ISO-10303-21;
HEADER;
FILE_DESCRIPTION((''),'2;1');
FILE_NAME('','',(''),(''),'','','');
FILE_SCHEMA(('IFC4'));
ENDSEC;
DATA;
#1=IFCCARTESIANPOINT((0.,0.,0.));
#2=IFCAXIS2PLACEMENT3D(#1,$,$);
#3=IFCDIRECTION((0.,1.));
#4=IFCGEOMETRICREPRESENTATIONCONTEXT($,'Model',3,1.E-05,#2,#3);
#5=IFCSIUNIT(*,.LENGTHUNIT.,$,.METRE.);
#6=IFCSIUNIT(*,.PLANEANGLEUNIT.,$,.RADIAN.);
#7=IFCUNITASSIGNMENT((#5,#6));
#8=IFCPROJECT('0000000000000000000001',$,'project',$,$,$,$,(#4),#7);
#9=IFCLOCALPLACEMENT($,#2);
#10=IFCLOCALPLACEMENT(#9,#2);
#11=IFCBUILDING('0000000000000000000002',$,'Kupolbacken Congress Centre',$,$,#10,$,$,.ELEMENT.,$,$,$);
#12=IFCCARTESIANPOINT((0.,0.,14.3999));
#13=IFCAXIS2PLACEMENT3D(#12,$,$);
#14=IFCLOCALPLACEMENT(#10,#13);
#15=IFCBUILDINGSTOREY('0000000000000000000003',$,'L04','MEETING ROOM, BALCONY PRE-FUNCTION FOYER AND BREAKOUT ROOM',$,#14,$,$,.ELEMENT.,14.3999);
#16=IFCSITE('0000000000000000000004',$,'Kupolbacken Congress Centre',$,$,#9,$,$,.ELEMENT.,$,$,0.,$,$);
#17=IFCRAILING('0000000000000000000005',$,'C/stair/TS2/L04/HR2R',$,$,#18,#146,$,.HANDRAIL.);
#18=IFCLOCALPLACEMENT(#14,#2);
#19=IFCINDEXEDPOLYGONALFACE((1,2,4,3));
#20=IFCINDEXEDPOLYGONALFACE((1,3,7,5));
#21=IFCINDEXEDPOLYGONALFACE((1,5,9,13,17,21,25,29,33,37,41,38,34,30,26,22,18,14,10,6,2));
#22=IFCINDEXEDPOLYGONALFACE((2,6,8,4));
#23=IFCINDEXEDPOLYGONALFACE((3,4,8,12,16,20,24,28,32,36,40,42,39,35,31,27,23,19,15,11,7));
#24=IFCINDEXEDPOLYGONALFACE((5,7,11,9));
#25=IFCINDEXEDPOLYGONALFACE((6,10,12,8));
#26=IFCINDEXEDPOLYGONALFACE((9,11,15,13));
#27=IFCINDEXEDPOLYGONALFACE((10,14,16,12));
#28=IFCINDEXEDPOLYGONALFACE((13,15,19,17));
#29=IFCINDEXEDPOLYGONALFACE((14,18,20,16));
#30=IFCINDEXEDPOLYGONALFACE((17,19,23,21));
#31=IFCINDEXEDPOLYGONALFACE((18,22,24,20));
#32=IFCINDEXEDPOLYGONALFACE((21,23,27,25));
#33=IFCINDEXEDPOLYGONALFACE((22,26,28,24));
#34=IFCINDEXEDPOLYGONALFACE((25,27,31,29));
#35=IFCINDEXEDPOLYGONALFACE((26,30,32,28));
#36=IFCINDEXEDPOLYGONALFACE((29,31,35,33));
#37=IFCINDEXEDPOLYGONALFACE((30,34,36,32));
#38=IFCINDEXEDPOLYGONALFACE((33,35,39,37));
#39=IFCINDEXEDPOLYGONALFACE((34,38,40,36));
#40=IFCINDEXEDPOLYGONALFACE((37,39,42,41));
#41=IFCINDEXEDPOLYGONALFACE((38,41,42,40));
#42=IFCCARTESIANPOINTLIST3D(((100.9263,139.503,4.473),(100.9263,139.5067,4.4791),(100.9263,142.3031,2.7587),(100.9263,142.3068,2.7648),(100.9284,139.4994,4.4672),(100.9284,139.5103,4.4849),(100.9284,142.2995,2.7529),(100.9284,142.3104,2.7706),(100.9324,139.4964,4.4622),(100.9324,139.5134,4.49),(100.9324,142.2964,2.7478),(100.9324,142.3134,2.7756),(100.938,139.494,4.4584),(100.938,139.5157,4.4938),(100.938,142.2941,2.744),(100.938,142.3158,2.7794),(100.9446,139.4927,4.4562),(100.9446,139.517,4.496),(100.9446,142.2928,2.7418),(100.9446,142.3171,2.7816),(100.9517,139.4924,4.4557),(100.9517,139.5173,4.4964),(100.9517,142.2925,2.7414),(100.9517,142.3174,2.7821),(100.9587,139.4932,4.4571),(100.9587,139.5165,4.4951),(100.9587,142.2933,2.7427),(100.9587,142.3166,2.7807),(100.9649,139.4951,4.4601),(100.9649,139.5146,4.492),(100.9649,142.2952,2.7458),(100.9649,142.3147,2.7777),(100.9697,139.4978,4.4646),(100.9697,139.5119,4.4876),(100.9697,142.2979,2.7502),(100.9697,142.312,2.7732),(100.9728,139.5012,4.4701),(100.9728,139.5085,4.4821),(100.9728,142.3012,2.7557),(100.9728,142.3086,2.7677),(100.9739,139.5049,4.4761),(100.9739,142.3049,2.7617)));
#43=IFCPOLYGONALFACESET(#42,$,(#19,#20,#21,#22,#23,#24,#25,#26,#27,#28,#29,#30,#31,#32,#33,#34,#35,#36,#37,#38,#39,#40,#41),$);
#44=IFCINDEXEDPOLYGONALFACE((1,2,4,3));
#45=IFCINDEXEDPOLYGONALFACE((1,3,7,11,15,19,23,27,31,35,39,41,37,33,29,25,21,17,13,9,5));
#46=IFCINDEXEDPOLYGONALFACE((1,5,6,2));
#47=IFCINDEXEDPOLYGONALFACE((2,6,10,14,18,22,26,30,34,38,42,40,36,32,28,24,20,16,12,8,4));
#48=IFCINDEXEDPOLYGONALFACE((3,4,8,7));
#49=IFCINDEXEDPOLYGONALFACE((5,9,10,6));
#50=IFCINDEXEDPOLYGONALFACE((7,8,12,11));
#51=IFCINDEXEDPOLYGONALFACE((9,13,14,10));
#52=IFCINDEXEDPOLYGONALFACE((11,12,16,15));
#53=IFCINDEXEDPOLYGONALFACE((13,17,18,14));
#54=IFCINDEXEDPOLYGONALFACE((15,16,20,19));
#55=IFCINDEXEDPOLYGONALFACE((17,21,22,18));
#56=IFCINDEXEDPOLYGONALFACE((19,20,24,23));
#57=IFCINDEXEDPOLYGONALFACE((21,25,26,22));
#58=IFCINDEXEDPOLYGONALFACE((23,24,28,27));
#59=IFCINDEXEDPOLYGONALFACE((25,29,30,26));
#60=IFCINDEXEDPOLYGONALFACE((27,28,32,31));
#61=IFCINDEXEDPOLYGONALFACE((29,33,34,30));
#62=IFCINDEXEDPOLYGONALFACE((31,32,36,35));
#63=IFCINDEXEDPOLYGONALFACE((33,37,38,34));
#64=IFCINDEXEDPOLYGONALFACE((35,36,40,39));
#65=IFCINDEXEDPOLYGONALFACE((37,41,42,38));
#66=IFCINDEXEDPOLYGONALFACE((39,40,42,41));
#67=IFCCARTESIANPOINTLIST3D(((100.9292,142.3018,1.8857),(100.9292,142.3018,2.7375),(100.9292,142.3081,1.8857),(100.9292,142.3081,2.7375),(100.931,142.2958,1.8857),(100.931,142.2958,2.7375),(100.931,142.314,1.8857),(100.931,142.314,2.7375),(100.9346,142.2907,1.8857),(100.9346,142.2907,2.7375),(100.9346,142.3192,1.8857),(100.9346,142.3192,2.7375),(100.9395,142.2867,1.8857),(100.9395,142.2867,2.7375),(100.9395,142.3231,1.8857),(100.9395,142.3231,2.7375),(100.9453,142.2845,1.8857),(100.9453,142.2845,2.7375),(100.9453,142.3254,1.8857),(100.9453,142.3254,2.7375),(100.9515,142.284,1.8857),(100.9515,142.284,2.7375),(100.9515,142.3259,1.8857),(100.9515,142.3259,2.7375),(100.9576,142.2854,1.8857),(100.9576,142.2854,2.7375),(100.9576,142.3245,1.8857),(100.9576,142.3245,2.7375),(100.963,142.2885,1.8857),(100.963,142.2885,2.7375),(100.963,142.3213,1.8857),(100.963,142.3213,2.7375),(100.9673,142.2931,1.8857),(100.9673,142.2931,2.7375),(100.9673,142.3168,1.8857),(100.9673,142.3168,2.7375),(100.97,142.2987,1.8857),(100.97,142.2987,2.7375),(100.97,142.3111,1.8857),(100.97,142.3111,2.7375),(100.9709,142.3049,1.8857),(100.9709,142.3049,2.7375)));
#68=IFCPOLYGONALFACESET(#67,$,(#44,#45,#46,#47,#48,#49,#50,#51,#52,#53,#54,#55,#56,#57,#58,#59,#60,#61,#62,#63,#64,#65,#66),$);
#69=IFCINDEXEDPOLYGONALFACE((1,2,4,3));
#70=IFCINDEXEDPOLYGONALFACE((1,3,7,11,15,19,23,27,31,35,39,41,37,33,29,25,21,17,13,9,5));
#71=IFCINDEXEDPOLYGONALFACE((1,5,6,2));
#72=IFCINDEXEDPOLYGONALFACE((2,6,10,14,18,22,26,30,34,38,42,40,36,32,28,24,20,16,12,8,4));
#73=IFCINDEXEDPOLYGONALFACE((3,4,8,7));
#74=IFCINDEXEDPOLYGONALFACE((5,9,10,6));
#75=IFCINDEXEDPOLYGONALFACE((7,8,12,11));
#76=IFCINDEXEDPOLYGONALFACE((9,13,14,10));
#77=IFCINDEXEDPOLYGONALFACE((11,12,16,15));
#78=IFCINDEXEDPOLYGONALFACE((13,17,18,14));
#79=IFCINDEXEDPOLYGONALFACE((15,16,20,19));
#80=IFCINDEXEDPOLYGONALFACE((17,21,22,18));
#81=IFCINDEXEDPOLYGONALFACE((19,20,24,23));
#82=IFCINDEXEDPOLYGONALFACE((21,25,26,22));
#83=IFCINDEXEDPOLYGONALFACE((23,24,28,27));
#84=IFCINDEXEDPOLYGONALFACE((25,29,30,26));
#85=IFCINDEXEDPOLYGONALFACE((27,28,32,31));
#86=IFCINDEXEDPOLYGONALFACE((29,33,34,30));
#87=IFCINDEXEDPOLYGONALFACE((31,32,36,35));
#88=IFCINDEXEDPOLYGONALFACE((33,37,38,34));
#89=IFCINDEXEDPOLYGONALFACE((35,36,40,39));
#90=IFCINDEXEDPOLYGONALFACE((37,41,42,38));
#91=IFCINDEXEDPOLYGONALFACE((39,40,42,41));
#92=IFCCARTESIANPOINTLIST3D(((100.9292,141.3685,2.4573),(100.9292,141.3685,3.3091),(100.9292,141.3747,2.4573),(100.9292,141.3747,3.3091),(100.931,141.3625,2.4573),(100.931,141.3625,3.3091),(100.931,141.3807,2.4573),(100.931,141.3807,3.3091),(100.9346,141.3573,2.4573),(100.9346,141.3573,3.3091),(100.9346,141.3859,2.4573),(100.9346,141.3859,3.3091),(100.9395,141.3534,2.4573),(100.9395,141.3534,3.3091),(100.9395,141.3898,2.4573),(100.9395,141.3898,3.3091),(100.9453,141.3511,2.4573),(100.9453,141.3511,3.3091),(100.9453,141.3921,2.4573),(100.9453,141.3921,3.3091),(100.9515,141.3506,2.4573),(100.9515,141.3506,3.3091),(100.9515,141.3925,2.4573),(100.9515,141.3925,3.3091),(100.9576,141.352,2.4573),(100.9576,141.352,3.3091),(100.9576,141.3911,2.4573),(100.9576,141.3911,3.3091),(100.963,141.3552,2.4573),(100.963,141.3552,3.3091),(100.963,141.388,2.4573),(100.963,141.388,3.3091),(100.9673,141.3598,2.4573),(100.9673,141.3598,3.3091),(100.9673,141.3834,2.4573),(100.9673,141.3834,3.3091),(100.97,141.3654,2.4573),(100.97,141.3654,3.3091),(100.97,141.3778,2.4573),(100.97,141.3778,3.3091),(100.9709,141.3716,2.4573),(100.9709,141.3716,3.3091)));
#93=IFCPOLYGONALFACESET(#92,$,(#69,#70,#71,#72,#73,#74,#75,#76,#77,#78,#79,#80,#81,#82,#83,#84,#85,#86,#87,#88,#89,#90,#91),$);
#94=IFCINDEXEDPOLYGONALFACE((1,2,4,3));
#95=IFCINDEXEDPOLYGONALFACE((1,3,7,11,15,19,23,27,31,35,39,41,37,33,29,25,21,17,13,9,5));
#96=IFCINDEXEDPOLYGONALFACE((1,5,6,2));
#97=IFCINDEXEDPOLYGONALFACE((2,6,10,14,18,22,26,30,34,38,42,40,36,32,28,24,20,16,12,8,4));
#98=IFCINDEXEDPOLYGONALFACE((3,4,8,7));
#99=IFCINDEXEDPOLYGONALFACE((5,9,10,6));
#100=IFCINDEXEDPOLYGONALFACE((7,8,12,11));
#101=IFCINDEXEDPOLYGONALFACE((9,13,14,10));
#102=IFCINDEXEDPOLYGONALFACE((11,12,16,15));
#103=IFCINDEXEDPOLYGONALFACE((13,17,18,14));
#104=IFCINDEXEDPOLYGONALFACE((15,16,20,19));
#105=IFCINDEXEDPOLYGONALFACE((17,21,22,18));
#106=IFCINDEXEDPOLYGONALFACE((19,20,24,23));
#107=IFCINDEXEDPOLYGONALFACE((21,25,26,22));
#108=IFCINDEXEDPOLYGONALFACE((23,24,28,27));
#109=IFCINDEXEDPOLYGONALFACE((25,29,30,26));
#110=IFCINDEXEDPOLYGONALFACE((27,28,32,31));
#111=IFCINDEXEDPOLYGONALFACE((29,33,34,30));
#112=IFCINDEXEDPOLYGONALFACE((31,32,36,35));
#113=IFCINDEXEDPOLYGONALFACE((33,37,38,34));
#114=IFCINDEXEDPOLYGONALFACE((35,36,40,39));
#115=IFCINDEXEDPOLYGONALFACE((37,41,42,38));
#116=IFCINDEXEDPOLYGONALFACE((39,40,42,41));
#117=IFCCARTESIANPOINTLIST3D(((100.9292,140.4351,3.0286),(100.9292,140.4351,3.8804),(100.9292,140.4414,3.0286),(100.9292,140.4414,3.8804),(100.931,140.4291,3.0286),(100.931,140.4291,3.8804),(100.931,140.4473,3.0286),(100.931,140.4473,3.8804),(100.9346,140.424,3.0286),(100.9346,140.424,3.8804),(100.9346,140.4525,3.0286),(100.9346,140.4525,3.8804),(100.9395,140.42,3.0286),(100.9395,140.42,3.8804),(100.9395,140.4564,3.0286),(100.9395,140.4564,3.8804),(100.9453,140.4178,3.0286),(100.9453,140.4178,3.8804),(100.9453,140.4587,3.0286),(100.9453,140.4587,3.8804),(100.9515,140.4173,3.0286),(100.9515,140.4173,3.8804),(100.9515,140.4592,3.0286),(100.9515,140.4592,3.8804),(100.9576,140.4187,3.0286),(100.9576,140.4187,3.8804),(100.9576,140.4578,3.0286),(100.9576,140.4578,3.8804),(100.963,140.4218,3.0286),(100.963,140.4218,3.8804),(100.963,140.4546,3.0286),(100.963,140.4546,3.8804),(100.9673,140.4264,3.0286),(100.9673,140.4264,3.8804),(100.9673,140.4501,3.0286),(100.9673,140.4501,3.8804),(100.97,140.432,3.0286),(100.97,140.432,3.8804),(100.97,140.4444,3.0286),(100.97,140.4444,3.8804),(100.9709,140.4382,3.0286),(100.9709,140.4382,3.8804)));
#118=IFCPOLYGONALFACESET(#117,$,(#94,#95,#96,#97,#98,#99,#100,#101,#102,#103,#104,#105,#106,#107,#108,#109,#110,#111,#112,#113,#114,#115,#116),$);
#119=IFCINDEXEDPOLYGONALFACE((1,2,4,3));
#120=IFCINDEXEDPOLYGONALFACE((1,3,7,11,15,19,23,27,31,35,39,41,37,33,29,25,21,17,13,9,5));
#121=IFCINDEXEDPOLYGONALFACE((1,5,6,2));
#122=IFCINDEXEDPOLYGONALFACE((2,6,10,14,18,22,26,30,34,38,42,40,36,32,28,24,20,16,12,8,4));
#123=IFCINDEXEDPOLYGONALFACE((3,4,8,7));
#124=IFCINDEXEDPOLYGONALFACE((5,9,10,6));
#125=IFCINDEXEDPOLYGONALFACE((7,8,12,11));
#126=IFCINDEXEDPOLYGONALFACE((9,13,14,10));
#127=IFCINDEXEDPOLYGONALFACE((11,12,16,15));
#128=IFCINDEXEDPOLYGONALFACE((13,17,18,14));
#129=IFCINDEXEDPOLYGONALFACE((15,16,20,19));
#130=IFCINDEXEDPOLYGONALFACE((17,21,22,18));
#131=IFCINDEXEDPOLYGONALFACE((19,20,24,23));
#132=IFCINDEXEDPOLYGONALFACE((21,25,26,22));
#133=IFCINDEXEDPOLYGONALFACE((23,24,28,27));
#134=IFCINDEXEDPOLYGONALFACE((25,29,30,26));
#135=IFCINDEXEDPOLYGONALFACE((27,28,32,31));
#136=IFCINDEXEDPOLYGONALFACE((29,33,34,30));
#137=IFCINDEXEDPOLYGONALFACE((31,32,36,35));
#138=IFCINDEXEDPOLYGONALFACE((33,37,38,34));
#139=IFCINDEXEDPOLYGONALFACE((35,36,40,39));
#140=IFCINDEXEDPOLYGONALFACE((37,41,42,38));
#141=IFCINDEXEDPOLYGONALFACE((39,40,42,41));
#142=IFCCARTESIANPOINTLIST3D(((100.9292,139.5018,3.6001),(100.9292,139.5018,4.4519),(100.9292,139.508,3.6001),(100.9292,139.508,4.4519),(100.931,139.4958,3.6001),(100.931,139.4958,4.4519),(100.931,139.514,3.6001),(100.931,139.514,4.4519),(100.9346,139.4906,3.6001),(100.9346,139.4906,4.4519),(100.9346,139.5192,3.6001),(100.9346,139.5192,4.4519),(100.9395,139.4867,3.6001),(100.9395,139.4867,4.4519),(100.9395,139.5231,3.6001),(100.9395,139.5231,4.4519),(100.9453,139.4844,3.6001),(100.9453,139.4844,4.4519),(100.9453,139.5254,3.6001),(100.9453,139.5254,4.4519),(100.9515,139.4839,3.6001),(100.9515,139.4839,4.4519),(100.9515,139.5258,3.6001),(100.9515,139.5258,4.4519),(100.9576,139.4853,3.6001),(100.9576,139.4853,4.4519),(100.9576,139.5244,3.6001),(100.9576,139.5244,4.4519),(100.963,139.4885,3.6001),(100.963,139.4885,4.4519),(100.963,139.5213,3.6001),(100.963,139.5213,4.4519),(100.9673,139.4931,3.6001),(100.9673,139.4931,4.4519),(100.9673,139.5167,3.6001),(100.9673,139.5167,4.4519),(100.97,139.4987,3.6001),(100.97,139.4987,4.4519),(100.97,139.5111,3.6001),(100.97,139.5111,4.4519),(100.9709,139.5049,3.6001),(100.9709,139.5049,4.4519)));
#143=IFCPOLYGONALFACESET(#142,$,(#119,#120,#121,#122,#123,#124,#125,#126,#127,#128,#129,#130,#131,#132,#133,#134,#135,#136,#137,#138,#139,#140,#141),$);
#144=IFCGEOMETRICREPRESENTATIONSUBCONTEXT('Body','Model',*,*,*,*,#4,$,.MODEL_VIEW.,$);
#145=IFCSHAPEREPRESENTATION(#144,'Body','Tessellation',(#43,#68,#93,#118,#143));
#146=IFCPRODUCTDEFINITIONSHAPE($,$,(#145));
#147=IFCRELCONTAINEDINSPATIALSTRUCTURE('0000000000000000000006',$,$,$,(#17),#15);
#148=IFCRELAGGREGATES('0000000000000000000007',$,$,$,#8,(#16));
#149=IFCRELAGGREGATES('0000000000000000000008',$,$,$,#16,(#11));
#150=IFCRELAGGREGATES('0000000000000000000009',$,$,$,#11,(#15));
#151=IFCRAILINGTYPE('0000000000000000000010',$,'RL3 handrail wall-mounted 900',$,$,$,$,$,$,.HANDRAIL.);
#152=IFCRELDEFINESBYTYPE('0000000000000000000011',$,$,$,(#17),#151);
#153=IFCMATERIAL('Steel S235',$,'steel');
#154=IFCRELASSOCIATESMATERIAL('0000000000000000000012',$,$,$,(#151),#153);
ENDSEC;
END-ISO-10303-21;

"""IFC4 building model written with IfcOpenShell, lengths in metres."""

from ifc_helpers import new_model, si_unit, direction, frame, origin, origin_2d, place, context, subcontext, project, spatial, circle, extrude, material, type_object, element, save


model = new_model("IFC4")

# Units and contexts
model_context = context("Model", 3, precision=1e-05, world=origin(), true_north=direction((0.0, 1.0)))
body_context = subcontext(model_context, "Body", "Model", "MODEL_VIEW")
ifc_project = project(units=[si_unit("LENGTHUNIT", "METRE"), si_unit("PLANEANGLEUNIT", "RADIAN")], contexts=[model_context])

# Site, building, storey
site_placement = place(None, origin())
site = spatial("IfcSite", under=ifc_project, at=site_placement, Name="Kupolbacken Congress Centre", CompositionType="ELEMENT", RefElevation=0.0)
building_placement = place(site_placement, origin())
building = spatial("IfcBuilding", under=site, at=building_placement, Name="Kupolbacken Congress Centre", CompositionType="ELEMENT")
storey_placement = place(building_placement, frame((0.0, 0.0, 14.3999)))
storey = spatial("IfcBuildingStorey", under=building, at=storey_placement, Name="L04", Description="MEETING ROOM, BALCONY PRE-FUNCTION FOYER AND BREAKOUT ROOM", CompositionType="ELEMENT", Elevation=14.3999)

# Railing
ifc_material_1 = material(Name="Steel S235", Category="steel")
railing_type = type_object("IfcRailingType", Name="RL3 handrail wall-mounted 900", PredefinedType="HANDRAIL", material=ifc_material_1)
for number, where, name in (
    (1, (100.95, 142.3049, 1.8857), "C/stair/TS2/L04/HR2R"),
):
    element("IfcRailing", number, at=place(storey_placement, frame(where)), inside=storey, type_object=railing_type, Name=name, PredefinedType="HANDRAIL", context=body_context, shape_type="SweptSolid", body=[
        extrude(circle(Radius=0.0239, at=origin_2d()), frame((0.0, 0.0, 0.876), z_axis=(0.0, -0.852846, 0.522163), x_axis=(1.0, 0.0, 0.0)), (0.0, 0.0, 1.0), 3.2832),
        extrude(circle(Radius=0.021, at=origin_2d()), origin(), (0.0, 0.0, 1.0), 0.8518),
        extrude(circle(Radius=0.021, at=origin_2d()), frame((0.0, -0.9333, 0.5715)), (0.0, 0.0, 1.0), 0.8518),
        extrude(circle(Radius=0.021, at=origin_2d()), frame((0.0, -1.8667, 1.1428)), (0.0, 0.0, 1.0), 0.8518),
        extrude(circle(Radius=0.021, at=origin_2d()), frame((0.0, -2.8, 1.7144)), (0.0, 0.0, 1.0), 0.8518),
    ])

save(model, "model.ifc")
